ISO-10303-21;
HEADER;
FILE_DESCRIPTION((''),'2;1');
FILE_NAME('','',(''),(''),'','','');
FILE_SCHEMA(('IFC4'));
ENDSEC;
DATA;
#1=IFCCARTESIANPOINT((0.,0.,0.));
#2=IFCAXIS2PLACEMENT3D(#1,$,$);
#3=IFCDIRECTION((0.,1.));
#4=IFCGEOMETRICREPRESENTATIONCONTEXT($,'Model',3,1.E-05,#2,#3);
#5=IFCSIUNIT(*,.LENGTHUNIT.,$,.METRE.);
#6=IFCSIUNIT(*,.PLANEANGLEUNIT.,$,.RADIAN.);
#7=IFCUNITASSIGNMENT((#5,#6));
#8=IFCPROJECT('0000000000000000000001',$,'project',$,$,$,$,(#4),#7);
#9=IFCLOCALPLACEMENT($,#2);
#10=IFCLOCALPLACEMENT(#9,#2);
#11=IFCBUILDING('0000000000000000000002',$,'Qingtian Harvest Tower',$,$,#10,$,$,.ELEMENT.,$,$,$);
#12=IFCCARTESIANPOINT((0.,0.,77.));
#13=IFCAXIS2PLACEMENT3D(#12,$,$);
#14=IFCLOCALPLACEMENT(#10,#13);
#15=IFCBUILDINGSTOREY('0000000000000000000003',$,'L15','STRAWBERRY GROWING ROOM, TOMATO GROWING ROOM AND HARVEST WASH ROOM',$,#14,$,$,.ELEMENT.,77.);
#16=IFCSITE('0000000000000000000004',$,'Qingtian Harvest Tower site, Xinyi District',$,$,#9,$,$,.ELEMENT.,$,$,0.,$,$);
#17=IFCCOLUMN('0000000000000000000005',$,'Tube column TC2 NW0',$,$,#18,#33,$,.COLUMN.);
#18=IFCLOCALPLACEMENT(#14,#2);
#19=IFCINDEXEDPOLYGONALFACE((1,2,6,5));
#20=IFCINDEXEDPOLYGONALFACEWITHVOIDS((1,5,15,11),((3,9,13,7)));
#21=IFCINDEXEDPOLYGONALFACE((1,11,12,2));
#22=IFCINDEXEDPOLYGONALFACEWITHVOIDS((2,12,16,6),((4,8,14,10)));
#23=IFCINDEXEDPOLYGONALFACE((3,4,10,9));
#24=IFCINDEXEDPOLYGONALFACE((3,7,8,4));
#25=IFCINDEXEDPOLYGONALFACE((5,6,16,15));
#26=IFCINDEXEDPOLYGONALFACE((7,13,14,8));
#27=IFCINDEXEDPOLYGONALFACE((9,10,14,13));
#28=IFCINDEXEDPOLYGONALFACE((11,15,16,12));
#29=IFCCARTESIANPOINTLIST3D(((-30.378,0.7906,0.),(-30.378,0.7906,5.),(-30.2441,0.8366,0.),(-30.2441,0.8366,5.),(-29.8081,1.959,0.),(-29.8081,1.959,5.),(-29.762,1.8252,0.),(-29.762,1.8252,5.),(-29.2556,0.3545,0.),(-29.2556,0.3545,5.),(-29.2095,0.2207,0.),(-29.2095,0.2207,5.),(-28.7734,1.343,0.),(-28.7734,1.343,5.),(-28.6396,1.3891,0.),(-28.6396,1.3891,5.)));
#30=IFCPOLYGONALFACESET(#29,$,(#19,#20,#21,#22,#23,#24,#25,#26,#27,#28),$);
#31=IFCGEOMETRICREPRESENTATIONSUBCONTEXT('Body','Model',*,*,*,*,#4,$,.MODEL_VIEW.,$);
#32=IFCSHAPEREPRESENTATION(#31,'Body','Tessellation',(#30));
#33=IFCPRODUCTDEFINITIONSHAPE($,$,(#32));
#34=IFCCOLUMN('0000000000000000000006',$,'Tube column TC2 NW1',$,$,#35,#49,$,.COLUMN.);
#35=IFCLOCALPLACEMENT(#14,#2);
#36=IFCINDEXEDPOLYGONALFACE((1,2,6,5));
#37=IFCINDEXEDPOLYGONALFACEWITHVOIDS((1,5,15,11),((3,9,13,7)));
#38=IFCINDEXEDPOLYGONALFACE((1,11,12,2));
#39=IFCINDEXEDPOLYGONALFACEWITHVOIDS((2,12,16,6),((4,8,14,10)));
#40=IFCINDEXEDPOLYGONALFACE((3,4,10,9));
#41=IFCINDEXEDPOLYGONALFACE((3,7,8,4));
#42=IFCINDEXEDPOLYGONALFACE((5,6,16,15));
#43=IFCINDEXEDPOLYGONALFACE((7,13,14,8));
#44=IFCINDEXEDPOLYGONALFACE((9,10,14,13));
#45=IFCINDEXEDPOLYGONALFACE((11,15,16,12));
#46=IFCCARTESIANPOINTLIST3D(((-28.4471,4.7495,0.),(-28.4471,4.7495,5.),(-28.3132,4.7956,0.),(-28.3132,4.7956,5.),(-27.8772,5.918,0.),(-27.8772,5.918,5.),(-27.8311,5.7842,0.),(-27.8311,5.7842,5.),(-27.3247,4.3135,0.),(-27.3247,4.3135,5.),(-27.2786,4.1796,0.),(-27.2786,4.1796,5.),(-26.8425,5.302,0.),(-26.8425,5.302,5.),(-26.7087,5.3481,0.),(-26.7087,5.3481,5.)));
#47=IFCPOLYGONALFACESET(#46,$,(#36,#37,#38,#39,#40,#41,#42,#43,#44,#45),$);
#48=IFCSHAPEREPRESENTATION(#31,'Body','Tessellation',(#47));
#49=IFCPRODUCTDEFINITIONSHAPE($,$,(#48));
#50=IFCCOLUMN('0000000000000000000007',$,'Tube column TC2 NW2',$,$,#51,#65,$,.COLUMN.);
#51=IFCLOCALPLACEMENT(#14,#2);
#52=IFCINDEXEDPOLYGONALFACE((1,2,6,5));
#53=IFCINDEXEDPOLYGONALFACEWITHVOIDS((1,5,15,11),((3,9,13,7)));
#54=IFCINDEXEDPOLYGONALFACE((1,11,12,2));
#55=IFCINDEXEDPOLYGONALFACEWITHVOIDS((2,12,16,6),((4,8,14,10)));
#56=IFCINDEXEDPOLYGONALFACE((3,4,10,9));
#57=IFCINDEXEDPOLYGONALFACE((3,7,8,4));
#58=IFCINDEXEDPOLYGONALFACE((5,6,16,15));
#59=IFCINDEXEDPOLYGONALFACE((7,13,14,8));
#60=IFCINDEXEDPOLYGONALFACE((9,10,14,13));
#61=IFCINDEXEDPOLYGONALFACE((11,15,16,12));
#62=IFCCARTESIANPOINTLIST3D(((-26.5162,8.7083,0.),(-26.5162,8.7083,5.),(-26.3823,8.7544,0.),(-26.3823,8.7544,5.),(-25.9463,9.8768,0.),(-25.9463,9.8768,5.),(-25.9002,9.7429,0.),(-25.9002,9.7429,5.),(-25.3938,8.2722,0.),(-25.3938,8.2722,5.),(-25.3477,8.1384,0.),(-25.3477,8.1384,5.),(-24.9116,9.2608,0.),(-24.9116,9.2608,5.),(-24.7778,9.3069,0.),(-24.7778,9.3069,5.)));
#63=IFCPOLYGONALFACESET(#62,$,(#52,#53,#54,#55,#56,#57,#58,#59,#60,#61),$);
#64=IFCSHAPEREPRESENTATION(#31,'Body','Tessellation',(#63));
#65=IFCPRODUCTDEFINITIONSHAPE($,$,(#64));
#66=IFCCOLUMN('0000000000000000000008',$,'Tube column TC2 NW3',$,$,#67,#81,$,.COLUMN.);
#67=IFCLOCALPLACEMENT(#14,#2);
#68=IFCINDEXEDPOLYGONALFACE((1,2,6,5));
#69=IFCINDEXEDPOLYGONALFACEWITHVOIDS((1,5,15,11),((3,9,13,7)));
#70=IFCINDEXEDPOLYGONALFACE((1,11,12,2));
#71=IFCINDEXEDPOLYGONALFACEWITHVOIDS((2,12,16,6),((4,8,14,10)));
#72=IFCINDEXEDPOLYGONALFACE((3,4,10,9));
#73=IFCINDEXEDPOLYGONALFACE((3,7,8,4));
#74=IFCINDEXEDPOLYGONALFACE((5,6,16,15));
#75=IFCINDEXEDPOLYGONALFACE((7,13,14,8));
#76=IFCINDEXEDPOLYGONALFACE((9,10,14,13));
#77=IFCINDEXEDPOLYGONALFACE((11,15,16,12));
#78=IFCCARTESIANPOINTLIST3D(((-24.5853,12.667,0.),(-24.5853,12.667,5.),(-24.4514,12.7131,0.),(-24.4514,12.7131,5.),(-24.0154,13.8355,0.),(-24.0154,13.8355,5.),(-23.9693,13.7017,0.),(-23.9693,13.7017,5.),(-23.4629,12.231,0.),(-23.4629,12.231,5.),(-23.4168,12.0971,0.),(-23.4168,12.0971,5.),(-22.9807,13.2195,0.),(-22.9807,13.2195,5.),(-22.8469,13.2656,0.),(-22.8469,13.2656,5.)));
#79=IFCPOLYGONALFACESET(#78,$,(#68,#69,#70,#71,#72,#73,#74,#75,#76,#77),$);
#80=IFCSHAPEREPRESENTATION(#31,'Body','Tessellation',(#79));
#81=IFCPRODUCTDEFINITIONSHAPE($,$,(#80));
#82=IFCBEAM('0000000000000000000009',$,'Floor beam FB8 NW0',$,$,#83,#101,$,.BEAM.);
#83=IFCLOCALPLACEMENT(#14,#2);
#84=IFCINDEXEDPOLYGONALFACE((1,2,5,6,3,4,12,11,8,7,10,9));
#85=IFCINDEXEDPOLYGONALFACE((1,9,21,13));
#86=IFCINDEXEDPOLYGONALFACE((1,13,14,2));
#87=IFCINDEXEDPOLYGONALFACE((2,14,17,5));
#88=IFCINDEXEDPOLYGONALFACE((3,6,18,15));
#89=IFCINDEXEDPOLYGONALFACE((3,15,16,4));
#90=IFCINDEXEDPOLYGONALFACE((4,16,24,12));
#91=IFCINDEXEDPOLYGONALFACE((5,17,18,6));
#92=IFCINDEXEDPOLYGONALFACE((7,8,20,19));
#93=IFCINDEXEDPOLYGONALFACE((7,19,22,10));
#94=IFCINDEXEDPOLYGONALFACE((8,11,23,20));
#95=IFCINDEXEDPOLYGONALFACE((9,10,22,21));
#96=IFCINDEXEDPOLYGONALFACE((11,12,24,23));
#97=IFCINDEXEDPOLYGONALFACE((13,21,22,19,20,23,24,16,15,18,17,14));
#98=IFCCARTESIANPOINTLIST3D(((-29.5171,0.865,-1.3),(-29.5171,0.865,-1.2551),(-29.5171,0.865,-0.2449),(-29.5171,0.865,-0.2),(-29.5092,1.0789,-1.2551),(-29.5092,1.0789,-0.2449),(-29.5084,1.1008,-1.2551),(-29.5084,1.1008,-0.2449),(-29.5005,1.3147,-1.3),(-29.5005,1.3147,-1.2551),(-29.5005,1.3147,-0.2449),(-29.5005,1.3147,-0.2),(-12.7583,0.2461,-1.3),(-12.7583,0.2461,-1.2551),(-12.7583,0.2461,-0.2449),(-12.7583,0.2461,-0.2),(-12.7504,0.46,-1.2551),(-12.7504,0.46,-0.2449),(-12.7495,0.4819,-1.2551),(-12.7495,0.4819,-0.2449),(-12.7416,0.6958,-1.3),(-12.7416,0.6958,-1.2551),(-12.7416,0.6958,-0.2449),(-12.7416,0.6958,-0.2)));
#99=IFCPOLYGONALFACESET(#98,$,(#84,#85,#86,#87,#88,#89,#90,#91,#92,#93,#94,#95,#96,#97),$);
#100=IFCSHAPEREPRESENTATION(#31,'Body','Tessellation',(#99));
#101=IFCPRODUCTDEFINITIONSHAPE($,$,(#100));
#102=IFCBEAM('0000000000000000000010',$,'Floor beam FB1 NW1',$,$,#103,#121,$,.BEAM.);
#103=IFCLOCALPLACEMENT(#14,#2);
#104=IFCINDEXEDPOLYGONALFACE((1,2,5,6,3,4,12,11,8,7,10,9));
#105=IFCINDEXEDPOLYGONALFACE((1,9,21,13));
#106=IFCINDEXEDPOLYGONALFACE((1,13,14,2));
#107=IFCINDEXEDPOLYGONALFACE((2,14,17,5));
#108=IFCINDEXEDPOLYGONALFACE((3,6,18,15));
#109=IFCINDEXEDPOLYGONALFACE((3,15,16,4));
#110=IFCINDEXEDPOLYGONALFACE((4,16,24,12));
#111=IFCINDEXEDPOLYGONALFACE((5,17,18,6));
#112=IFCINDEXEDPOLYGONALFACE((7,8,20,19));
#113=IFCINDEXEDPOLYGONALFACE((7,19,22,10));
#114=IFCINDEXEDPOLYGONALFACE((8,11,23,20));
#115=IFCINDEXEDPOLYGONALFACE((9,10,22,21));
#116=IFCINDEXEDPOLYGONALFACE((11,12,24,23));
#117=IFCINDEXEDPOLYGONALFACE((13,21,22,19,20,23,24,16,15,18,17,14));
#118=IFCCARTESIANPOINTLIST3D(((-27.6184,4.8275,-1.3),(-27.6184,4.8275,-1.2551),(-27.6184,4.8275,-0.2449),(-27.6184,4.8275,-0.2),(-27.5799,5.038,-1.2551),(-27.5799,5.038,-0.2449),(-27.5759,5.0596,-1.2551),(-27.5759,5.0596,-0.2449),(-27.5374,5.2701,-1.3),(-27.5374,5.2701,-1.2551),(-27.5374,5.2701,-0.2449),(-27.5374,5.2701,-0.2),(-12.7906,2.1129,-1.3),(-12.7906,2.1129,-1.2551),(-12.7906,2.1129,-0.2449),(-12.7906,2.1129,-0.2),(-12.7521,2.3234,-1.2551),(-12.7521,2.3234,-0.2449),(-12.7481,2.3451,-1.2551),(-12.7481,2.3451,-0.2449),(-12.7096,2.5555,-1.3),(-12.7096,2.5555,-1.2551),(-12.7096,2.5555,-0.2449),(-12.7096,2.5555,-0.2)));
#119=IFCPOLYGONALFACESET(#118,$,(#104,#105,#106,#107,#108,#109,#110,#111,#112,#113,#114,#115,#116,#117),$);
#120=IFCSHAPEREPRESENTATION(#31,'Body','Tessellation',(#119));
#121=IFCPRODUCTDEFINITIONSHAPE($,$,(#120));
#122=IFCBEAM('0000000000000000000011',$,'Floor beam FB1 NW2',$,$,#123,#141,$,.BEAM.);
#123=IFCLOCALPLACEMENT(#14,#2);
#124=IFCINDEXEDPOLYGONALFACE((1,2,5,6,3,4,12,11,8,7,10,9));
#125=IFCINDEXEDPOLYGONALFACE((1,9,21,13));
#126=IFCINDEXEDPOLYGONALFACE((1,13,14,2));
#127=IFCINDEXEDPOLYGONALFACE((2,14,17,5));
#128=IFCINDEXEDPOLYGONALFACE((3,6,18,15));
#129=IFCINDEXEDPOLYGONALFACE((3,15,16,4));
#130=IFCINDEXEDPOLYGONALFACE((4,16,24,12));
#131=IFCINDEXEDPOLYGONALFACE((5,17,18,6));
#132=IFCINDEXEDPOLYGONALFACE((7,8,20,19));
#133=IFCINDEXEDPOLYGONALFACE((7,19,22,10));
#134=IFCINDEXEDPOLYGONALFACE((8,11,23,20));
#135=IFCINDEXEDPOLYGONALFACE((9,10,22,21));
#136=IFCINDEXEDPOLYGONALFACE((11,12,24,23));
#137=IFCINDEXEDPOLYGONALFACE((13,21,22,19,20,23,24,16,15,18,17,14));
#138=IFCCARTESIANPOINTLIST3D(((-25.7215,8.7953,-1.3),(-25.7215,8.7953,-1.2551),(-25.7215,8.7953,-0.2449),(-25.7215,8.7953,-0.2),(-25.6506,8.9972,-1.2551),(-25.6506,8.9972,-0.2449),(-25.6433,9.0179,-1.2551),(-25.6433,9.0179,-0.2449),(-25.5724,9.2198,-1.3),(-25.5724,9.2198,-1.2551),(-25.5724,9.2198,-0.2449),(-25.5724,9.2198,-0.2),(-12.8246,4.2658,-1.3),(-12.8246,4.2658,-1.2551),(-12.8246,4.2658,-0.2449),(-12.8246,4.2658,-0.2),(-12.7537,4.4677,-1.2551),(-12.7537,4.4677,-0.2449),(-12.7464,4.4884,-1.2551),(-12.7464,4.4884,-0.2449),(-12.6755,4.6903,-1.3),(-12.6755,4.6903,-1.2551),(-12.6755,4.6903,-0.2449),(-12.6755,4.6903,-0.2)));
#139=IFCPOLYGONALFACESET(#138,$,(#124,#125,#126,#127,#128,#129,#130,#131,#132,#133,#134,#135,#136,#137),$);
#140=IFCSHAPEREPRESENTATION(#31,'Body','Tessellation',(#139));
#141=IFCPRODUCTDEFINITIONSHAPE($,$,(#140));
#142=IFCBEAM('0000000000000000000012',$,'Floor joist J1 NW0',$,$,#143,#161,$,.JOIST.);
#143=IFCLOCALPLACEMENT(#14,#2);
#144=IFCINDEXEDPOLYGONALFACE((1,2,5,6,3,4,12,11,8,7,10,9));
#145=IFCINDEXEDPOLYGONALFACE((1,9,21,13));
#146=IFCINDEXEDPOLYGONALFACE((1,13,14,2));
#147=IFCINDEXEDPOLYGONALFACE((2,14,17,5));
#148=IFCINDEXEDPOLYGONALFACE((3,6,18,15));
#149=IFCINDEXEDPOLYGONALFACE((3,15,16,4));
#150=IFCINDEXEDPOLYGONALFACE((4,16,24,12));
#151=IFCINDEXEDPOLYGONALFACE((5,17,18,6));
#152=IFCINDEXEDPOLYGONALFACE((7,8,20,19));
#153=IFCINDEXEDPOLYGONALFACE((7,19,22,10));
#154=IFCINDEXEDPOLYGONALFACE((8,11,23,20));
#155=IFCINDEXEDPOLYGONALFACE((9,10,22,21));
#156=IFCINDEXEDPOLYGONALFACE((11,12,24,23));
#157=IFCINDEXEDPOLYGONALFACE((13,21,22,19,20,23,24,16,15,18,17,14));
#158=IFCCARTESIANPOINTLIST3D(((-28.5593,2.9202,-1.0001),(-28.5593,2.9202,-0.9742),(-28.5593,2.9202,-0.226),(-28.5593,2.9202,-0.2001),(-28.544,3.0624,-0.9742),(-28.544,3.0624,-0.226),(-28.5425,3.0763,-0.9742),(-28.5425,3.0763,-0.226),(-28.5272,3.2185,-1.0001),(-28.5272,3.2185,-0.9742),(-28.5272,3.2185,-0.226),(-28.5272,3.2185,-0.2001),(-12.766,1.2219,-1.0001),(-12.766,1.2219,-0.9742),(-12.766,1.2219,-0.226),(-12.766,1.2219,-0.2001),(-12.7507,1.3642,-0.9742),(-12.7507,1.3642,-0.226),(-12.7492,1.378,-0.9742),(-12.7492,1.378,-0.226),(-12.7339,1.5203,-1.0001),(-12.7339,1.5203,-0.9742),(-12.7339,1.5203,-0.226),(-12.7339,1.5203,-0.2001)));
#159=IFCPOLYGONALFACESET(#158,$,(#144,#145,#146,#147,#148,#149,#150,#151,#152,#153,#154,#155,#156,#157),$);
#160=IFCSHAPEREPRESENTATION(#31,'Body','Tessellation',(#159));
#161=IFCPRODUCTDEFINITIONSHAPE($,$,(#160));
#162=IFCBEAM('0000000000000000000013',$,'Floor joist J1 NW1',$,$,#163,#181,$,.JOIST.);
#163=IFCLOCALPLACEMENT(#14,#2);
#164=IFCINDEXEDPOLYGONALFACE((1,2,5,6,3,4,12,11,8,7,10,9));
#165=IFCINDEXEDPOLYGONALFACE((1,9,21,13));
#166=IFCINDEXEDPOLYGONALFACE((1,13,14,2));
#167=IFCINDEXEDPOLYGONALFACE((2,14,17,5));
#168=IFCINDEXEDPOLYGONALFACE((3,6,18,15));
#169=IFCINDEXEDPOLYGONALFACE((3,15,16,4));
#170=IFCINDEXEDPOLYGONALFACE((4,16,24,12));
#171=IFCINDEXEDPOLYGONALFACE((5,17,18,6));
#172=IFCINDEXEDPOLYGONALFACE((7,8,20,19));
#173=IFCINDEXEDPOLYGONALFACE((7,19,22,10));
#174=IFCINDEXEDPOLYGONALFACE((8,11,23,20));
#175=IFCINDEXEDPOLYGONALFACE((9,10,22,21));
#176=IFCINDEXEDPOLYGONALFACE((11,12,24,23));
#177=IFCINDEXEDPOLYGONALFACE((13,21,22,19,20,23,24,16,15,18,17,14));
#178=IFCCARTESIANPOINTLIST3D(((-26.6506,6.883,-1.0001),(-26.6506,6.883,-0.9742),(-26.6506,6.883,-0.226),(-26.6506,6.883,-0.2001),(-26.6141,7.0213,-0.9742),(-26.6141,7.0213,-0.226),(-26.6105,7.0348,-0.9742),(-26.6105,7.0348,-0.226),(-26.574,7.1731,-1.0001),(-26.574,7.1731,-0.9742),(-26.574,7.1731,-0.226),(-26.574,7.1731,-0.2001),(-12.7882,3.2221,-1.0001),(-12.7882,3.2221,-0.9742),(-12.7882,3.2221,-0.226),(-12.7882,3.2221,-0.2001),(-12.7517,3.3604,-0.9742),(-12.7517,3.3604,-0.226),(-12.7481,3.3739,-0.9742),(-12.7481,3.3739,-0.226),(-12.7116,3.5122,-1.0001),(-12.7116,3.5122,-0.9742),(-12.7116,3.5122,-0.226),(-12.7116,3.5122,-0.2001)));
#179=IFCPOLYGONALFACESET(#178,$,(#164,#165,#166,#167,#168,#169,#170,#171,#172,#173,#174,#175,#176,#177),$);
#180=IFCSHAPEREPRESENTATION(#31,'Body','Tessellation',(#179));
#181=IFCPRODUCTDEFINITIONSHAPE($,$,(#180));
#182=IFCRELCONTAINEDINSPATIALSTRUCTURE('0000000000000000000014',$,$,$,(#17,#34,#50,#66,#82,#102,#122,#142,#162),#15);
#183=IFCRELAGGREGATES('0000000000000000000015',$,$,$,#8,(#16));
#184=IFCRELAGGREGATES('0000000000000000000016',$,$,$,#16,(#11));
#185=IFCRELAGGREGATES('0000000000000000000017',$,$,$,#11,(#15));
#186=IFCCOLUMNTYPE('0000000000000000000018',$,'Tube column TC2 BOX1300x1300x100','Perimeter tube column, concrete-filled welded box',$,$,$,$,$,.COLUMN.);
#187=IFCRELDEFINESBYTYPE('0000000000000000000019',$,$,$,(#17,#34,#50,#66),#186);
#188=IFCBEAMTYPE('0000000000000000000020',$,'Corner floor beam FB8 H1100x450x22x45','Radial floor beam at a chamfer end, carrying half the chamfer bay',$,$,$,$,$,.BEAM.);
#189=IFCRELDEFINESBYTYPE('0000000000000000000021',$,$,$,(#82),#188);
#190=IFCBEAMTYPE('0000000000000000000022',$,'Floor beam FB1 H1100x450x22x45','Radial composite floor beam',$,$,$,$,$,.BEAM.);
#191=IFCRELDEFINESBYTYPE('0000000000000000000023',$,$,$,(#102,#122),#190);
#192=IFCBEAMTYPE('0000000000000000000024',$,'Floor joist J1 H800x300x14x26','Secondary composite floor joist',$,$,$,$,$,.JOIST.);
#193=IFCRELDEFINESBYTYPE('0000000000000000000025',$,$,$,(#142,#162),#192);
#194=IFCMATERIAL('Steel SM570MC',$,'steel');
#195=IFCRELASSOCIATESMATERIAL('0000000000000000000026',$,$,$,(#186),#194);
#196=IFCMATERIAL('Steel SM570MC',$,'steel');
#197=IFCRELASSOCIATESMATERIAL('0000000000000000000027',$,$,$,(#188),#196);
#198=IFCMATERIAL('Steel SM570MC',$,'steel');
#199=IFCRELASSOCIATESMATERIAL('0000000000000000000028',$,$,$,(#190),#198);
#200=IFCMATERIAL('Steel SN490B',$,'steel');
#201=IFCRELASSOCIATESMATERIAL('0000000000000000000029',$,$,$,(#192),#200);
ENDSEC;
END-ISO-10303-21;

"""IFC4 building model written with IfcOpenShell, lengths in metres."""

from ifc_helpers import new_model, si_unit, direction, frame, origin, origin_2d, place, context, subcontext, project, spatial, hollow_rectangle, i_section, extrude, material, material_profile, profile_set, type_object, element, save


model = new_model("IFC4")

# Units and contexts
model_context = context("Model", 3, precision=1e-05, world=origin(), true_north=direction((0.0, 1.0)))
body_context = subcontext(model_context, "Body", "Model", "MODEL_VIEW")
ifc_project = project(units=[si_unit("LENGTHUNIT", "METRE"), si_unit("PLANEANGLEUNIT", "RADIAN")], contexts=[model_context])

# Site, building, storey
site_placement = place(None, origin())
site = spatial("IfcSite", under=ifc_project, at=site_placement, Name="Qingtian Harvest Tower site, Xinyi District", CompositionType="ELEMENT", RefElevation=0.0)
building_placement = place(site_placement, origin())
building = spatial("IfcBuilding", under=site, at=building_placement, Name="Qingtian Harvest Tower", CompositionType="ELEMENT")
storey_placement = place(building_placement, frame((0.0, 0.0, 77.0)))
storey = spatial("IfcBuildingStorey", under=building, at=storey_placement, Name="L15", Description="STRAWBERRY GROWING ROOM, TOMATO GROWING ROOM AND HARVEST WASH ROOM", CompositionType="ELEMENT", Elevation=77.0)

# Columns
ifc_material_1 = material(Name="Steel SM570MC", Category="steel")
ifc_material_profile_1 = material_profile(ifc_material_1, hollow_rectangle(XDim=1.3, YDim=1.3, WallThickness=0.1001, at=origin_2d()), Name="BOX1300x1300x100")
ifc_profile_set_1 = profile_set([ifc_material_profile_1], Name="Steel SM570MC")
column_type = type_object("IfcColumnType", Name="Tube column TC2 BOX1300x1300x100", Description="Perimeter tube column, concrete-filled welded box", PredefinedType="COLUMN", material=ifc_profile_set_1)
for number, where, z_axis, x_axis, name in (
    (1, (-29.5088, 1.0898, 0.0), (0.0, 0.0, 1.0), (-0.438371, -0.898794, 0.0), "Tube column TC2 NW0"),
    (2, (-27.5779, 5.0488, 0.0), (0.0, 0.0, 1.0), (-0.438371, -0.898794, 0.0), "Tube column TC2 NW1"),
    (3, (-25.647, 9.0076, 0.0), (0.0, 0.0, 1.0), (-0.438371, -0.898794, 0.0), "Tube column TC2 NW2"),
    (4, (-23.7161, 12.9663, 0.0), (0.0, 0.0, 1.0), (-0.438371, -0.898794, 0.0), "Tube column TC2 NW3"),
):
    element("IfcColumn", number, at=place(storey_placement, frame(where, z_axis=z_axis, x_axis=x_axis)), inside=storey, type_object=column_type, Name=name, PredefinedType="COLUMN", context=body_context, shape_type="SweptSolid", body=[
        extrude(hollow_rectangle(XDim=1.3, YDim=1.3, WallThickness=0.1001, at=origin_2d()), origin(), (0.0, 0.0, 1.0), 5.0),
    ])

# Beams
ifc_material_2 = material(Name="Steel SM570MC", Category="steel")
ifc_material_profile_2 = material_profile(ifc_material_2, i_section(OverallWidth=0.45, OverallDepth=1.1001, WebThickness=0.022, FlangeThickness=0.0449, at=origin_2d()), Name="H1100x450x22x45")
ifc_profile_set_2 = profile_set([ifc_material_profile_2], Name="Steel SM570MC")
beam_type_1 = type_object("IfcBeamType", Name="Corner floor beam FB8 H1100x450x22x45", Description="Radial floor beam at a chamfer end, carrying half the chamfer bay", PredefinedType="BEAM", material=ifc_profile_set_2)
beam_1_placement = place(storey_placement, frame((-29.5088, 1.0898, -0.75), z_axis=(0.999319, -0.036905, 0.0), x_axis=(0.036905, 0.999319, 0.0)))
element("IfcBeam", 5, at=beam_1_placement, inside=storey, type_object=beam_type_1, Name="Floor beam FB8 NW0", PredefinedType="BEAM", context=body_context, shape_type="SweptSolid", body=[
    extrude(i_section(OverallWidth=0.45, OverallDepth=1.1001, WebThickness=0.022, FlangeThickness=0.0449, at=origin_2d()), origin(), (0.0, 0.0, 1.0), 16.7703),
])
ifc_material_3 = material(Name="Steel SM570MC", Category="steel")
ifc_material_profile_3 = material_profile(ifc_material_3, i_section(OverallWidth=0.45, OverallDepth=1.1001, WebThickness=0.022, FlangeThickness=0.0449, at=origin_2d()), Name="H1100x450x22x45")
ifc_profile_set_3 = profile_set([ifc_material_profile_3], Name="Steel SM570MC")
beam_type_2 = type_object("IfcBeamType", Name="Floor beam FB1 H1100x450x22x45", Description="Radial composite floor beam", PredefinedType="BEAM", material=ifc_profile_set_3)
beam_2_placement = place(storey_placement, frame((-27.5779, 5.0488, -0.75), z_axis=(0.983652, -0.180081, 0.0), x_axis=(0.180081, 0.983652, 0.0)))
element("IfcBeam", 6, at=beam_2_placement, inside=storey, type_object=beam_type_2, Name="Floor beam FB1 NW1", PredefinedType="BEAM", context=body_context, shape_type="SweptSolid", body=[
    extrude(i_section(OverallWidth=0.45, OverallDepth=1.1001, WebThickness=0.022, FlangeThickness=0.0449, at=origin_2d()), origin(), (0.0, 0.0, 1.0), 15.0742),
])
beam_3_placement = place(storey_placement, frame((-25.647, 9.0076, -0.75), z_axis=(0.943502, -0.331367, 0.0), x_axis=(0.331367, 0.943502, 0.0)))
element("IfcBeam", 7, at=beam_3_placement, inside=storey, type_object=beam_type_2, Name="Floor beam FB1 NW2", PredefinedType="BEAM", context=body_context, shape_type="SweptSolid", body=[
    extrude(i_section(OverallWidth=0.45, OverallDepth=1.1001, WebThickness=0.022, FlangeThickness=0.0449, at=origin_2d()), origin(), (0.0, 0.0, 1.0), 13.6692),
])
ifc_material_4 = material(Name="Steel SN490B", Category="steel")
ifc_material_profile_4 = material_profile(ifc_material_4, i_section(OverallWidth=0.3, OverallDepth=0.8, WebThickness=0.0139, FlangeThickness=0.0259, at=origin_2d()), Name="H800x300x14x26")
ifc_profile_set_4 = profile_set([ifc_material_profile_4], Name="Steel SN490B")
beam_type_3 = type_object("IfcBeamType", Name="Floor joist J1 H800x300x14x26", Description="Secondary composite floor joist", PredefinedType="JOIST", material=ifc_profile_set_4)
beam_4_placement = place(storey_placement, frame((-28.5432, 3.0693, -0.6001), z_axis=(0.994268, -0.106914, 0.0), x_axis=(0.106914, 0.994268, 0.0)))
element("IfcBeam", 8, at=beam_4_placement, inside=storey, type_object=beam_type_3, Name="Floor joist J1 NW0", PredefinedType="JOIST", context=body_context, shape_type="SweptSolid", body=[
    extrude(i_section(OverallWidth=0.3, OverallDepth=0.8, WebThickness=0.0139, FlangeThickness=0.0259, at=origin_2d()), origin(), (0.0, 0.0, 1.0), 15.8843),
])
beam_5_placement = place(storey_placement, frame((-26.6123, 7.0281, -0.6001), z_axis=(0.966852, -0.255336, 0.0), x_axis=(0.255336, 0.966852, 0.0)))
element("IfcBeam", 9, at=beam_5_placement, inside=storey, type_object=beam_type_3, Name="Floor joist J1 NW1", PredefinedType="JOIST", context=body_context, shape_type="SweptSolid", body=[
    extrude(i_section(OverallWidth=0.3, OverallDepth=0.8, WebThickness=0.0139, FlangeThickness=0.0259, at=origin_2d()), origin(), (0.0, 0.0, 1.0), 14.3376),
])

save(model, "model.ifc")
